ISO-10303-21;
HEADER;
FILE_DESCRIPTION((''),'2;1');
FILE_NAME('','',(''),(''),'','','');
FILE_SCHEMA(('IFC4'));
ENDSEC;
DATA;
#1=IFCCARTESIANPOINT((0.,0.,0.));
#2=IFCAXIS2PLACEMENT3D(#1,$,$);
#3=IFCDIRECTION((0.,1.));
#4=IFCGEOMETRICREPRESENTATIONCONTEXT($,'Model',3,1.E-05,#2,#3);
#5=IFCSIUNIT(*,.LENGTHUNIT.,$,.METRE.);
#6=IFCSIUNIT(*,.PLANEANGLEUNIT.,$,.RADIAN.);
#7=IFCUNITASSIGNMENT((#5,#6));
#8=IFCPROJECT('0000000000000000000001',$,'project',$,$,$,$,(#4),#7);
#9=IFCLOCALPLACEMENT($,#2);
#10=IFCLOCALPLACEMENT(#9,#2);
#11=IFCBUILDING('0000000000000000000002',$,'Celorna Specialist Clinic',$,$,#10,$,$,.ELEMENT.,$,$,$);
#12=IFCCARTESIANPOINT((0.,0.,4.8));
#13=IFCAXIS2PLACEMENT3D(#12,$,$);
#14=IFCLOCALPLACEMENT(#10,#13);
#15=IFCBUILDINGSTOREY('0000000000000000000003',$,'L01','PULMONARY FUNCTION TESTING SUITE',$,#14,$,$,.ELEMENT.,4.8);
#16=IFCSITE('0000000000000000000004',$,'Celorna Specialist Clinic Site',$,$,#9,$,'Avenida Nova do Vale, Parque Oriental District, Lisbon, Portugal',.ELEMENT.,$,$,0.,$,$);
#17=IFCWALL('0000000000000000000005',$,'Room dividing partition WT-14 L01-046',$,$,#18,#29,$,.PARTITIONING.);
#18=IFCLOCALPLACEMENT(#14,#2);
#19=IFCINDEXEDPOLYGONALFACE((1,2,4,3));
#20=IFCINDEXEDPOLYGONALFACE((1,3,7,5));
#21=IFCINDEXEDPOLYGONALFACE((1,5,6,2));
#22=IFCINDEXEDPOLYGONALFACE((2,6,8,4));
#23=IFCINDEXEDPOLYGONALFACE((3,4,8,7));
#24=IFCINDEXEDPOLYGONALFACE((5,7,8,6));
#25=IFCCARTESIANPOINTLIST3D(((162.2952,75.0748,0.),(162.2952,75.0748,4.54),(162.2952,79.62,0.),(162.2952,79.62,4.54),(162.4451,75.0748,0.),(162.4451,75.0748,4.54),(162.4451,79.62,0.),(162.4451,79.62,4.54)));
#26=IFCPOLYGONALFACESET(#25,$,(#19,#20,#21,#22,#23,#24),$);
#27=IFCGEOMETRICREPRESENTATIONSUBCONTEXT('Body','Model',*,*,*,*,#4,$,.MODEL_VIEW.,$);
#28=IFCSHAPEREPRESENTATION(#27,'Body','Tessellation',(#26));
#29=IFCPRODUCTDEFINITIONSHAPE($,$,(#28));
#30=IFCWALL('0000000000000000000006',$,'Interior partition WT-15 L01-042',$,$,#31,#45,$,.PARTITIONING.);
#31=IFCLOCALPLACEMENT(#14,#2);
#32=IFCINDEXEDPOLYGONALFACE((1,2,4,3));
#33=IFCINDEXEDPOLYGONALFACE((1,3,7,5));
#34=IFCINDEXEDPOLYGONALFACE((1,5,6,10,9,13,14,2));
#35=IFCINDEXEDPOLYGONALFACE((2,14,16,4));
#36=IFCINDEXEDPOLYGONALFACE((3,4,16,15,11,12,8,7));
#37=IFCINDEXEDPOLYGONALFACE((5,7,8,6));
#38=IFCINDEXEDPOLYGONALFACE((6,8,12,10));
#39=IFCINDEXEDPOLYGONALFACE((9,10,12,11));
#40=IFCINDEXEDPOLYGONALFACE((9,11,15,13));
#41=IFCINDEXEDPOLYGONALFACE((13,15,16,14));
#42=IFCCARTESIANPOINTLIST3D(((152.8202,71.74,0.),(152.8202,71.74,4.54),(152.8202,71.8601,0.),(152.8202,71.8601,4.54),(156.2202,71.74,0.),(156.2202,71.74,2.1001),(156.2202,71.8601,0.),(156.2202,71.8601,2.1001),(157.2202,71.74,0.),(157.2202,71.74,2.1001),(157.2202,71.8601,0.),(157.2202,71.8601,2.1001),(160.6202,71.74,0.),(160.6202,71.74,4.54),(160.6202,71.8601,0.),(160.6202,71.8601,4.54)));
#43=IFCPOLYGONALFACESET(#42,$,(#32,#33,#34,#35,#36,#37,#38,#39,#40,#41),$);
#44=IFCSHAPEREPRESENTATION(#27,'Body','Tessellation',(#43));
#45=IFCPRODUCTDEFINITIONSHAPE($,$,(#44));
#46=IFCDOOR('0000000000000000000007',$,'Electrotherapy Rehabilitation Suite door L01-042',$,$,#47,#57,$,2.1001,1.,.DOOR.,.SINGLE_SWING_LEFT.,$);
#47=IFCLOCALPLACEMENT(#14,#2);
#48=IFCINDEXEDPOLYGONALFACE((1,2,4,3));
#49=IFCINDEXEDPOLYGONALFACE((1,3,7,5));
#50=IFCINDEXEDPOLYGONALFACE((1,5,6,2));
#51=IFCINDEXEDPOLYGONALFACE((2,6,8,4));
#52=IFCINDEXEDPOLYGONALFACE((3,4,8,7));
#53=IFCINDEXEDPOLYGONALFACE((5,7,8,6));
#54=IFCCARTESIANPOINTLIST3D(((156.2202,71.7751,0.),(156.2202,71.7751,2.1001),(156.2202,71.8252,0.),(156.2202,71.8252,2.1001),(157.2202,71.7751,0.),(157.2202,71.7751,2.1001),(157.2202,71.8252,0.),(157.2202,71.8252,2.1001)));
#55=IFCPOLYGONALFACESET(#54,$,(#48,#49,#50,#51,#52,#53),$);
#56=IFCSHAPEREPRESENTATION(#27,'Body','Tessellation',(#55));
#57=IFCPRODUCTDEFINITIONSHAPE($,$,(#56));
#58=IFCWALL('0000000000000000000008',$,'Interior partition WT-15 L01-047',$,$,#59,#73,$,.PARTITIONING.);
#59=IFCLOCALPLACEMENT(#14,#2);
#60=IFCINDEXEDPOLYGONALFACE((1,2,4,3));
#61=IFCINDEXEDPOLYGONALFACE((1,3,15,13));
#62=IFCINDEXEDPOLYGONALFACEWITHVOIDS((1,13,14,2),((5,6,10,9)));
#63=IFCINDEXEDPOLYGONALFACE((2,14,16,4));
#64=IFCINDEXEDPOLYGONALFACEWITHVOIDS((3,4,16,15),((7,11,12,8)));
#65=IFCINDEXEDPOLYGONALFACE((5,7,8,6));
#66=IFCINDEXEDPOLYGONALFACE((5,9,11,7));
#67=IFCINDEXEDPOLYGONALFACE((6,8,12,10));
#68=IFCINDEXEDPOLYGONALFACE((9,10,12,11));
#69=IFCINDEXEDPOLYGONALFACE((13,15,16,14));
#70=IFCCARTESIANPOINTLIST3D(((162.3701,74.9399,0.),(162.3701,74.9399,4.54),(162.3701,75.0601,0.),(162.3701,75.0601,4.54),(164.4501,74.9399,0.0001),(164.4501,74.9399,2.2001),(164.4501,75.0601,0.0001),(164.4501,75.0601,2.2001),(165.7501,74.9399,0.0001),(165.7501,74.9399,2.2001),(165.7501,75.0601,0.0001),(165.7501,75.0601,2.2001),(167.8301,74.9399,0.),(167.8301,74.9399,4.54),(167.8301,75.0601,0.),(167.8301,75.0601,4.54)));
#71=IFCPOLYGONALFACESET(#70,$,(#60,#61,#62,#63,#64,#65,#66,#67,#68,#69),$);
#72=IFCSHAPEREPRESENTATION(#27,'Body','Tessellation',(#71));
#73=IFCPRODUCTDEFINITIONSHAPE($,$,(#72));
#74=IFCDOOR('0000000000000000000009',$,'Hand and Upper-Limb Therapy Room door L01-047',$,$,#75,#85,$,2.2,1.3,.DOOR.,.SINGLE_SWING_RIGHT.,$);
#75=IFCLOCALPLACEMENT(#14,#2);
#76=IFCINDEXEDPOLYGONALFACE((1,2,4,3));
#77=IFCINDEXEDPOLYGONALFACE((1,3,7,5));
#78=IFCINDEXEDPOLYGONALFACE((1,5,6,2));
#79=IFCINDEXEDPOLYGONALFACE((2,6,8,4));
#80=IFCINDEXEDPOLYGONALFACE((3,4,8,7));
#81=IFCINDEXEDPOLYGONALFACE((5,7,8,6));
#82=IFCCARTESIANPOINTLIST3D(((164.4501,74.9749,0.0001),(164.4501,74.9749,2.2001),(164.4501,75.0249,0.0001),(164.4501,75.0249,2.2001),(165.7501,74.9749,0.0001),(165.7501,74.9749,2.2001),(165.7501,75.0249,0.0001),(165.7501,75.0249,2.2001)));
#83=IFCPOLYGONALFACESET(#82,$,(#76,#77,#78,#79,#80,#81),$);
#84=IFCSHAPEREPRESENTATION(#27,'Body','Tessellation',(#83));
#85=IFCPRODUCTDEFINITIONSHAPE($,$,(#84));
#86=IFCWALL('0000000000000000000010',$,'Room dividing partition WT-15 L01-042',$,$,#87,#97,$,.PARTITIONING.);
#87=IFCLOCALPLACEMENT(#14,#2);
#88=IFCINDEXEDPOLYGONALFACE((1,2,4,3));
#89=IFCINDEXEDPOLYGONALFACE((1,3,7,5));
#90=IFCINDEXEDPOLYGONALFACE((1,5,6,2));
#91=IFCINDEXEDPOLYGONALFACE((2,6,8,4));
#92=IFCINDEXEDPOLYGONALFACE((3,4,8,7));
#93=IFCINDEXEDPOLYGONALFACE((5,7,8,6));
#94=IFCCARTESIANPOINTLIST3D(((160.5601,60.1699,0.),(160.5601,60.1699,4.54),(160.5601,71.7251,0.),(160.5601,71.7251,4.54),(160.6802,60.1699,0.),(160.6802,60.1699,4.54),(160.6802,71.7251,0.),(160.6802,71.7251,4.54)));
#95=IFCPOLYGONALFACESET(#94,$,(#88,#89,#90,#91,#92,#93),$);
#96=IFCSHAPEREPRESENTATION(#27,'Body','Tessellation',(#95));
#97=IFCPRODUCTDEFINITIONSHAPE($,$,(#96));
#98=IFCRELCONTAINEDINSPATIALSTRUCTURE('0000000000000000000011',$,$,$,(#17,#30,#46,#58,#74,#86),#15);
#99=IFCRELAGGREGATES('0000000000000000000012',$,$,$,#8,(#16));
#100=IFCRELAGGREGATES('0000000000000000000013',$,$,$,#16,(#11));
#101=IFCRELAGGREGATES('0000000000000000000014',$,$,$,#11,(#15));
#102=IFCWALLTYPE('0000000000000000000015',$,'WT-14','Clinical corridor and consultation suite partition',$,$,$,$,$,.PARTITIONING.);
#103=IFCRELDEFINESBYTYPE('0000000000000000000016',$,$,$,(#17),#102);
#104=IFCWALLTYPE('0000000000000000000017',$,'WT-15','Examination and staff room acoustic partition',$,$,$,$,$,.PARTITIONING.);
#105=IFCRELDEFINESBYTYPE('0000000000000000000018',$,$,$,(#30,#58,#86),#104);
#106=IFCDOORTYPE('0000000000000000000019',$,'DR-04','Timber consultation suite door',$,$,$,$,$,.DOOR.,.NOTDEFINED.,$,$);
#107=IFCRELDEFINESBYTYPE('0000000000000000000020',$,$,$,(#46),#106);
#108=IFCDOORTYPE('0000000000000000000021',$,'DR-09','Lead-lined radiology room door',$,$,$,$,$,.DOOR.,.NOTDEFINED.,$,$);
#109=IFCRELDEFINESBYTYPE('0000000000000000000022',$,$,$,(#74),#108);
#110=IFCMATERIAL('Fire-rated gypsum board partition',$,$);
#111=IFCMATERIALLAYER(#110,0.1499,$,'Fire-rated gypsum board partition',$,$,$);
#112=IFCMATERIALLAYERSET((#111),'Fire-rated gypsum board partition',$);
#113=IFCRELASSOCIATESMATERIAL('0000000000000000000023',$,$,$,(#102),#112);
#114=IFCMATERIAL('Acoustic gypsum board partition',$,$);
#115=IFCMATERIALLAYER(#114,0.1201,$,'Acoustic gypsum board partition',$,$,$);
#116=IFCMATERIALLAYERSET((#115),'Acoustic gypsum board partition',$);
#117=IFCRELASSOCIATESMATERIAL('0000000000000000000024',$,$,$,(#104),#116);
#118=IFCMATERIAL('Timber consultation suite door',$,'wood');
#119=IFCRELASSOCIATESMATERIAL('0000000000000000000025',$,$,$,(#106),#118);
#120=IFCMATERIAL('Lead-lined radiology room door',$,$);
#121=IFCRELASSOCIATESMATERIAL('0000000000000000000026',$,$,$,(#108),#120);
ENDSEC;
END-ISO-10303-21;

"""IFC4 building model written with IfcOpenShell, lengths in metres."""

from ifc_helpers import new_model, si_unit, direction, frame, frame_2d, origin, place, context, subcontext, project, spatial, rectangle, extrude, material, layer, layer_set, type_object, element, fill, save


model = new_model("IFC4")

# Units and contexts
model_context = context("Model", 3, precision=1e-05, world=origin(), true_north=direction((0.0, 1.0)))
body_context = subcontext(model_context, "Body", "Model", "MODEL_VIEW")
ifc_project = project(units=[si_unit("LENGTHUNIT", "METRE"), si_unit("PLANEANGLEUNIT", "RADIAN")], contexts=[model_context])

# Site, building, storey
site_placement = place(None, origin())
site = spatial("IfcSite", under=ifc_project, at=site_placement, Name="Celorna Specialist Clinic Site", LongName="Avenida Nova do Vale, Parque Oriental District, Lisbon, Portugal", CompositionType="ELEMENT", RefElevation=0.0)
building_placement = place(site_placement, origin())
building = spatial("IfcBuilding", under=site, at=building_placement, Name="Celorna Specialist Clinic", CompositionType="ELEMENT")
storey_placement = place(building_placement, frame((0.0, 0.0, 4.8)))
storey = spatial("IfcBuildingStorey", under=building, at=storey_placement, Name="L01", Description="PULMONARY FUNCTION TESTING SUITE", CompositionType="ELEMENT", Elevation=4.8)

# Shared definitions
ifc_material_1 = material(Name="Fire-rated gypsum board partition")
ifc_layer_1 = layer(ifc_material_1, 0.1499, Name="Fire-rated gypsum board partition")
ifc_layer_set_1 = layer_set([ifc_layer_1], Name="Fire-rated gypsum board partition")
wall_type_1 = type_object("IfcWallType", Name="WT-14", Description="Clinical corridor and consultation suite partition", PredefinedType="PARTITIONING", material=ifc_layer_set_1)

# Wall
wall_1_placement = place(storey_placement, frame((162.3701, 75.075, 0.0), z_axis=(0.0, 0.0, 1.0), x_axis=(0.0, 1.0, 0.0)))
element("IfcWall", 1, at=wall_1_placement, inside=storey, type_object=wall_type_1, Name="Room dividing partition WT-14 L01-046", PredefinedType="PARTITIONING", context=body_context, shape_type="SweptSolid", body=[
    extrude(rectangle(XDim=4.5452, YDim=0.1499, at=frame_2d((2.2725, 0.0))), origin(), (0.0, 0.0, 1.0), 4.54),
])

# Walls, openings, doors
ifc_material_2 = material(Name="Acoustic gypsum board partition")
ifc_layer_2 = layer(ifc_material_2, 0.1201, Name="Acoustic gypsum board partition")
ifc_layer_set_2 = layer_set([ifc_layer_2], Name="Acoustic gypsum board partition")
wall_type_2 = type_object("IfcWallType", Name="WT-15", Description="Examination and staff room acoustic partition", PredefinedType="PARTITIONING", material=ifc_layer_set_2)
wall_2_placement = place(storey_placement, frame((160.6201, 71.8, 0.0), z_axis=(0.0, 0.0, 1.0), x_axis=(-1.0, 0.0, 0.0)))
wall_2 = element("IfcWall", 2, at=wall_2_placement, inside=storey, type_object=wall_type_2, Name="Interior partition WT-15 L01-042", PredefinedType="PARTITIONING", context=body_context, shape_type="SweptSolid", body=[
    extrude(rectangle(XDim=7.8, YDim=0.1201, at=frame_2d((3.8999, 0.0))), origin(), (0.0, 0.0, 1.0), 4.54),
])
opening_1_placement = place(wall_2_placement, frame((3.3999, 0.0, 0.0)))
opening_1 = element("IfcOpeningElement", 3, at=opening_1_placement, cuts=wall_2, PredefinedType="OPENING", context=body_context, shape_type="SweptSolid", body=[
    extrude(rectangle(XDim=1.0, YDim=2.1001, at=frame_2d((0.5, 1.05))), frame((0.0, 0.0701, 0.0), z_axis=(0.0, -1.0, 0.0), x_axis=(1.0, 0.0, 0.0)), (0.0, 0.0, 1.0), 0.1401),
])
ifc_material_3 = material(Name="Timber consultation suite door", Category="wood")
door_type_1 = type_object("IfcDoorType", Name="DR-04", Description="Timber consultation suite door", OperationType="NOTDEFINED", PredefinedType="DOOR", material=ifc_material_3)
door_1_placement = place(opening_1_placement, origin())
door_1 = element("IfcDoor", 4, at=door_1_placement, inside=storey, type_object=door_type_1, Name="Electrotherapy Rehabilitation Suite door L01-042", OperationType="SINGLE_SWING_LEFT", OverallHeight=2.1001, OverallWidth=1.0, PredefinedType="DOOR", context=body_context, shape_type="SweptSolid", body=[
    extrude(rectangle(XDim=1.0, YDim=2.1001, at=frame_2d((0.5, 1.05))), frame((0.0, 0.0249, 0.0), z_axis=(0.0, -1.0, 0.0), x_axis=(1.0, 0.0, 0.0)), (0.0, 0.0, 1.0), 0.05),
])
fill(opening_1, door_1)
wall_3_placement = place(storey_placement, frame((162.3701, 75.0, 0.0), z_axis=(0.0, 0.0, 1.0), x_axis=(1.0, 0.0, 0.0)))
wall_3 = element("IfcWall", 5, at=wall_3_placement, inside=storey, type_object=wall_type_2, Name="Interior partition WT-15 L01-047", PredefinedType="PARTITIONING", context=body_context, shape_type="SweptSolid", body=[
    extrude(rectangle(XDim=5.46, YDim=0.1201, at=frame_2d((2.73, 0.0))), origin(), (0.0, 0.0, 1.0), 4.54),
])
opening_2_placement = place(wall_3_placement, frame((2.0801, 0.0, 0.0)))
opening_2 = element("IfcOpeningElement", 6, at=opening_2_placement, cuts=wall_3, PredefinedType="OPENING", context=body_context, shape_type="SweptSolid", body=[
    extrude(rectangle(XDim=1.3, YDim=2.2, at=frame_2d((0.6499, 1.1001))), frame((0.0, 0.0701, 0.0), z_axis=(0.0, -1.0, 0.0), x_axis=(1.0, 0.0, 0.0)), (0.0, 0.0, 1.0), 0.1401),
])
ifc_material_4 = material(Name="Lead-lined radiology room door")
door_type_2 = type_object("IfcDoorType", Name="DR-09", Description="Lead-lined radiology room door", OperationType="NOTDEFINED", PredefinedType="DOOR", material=ifc_material_4)
door_2_placement = place(opening_2_placement, origin())
door_2 = element("IfcDoor", 7, at=door_2_placement, inside=storey, type_object=door_type_2, Name="Hand and Upper-Limb Therapy Room door L01-047", OperationType="SINGLE_SWING_RIGHT", OverallHeight=2.2, OverallWidth=1.3, PredefinedType="DOOR", context=body_context, shape_type="SweptSolid", body=[
    extrude(rectangle(XDim=1.3, YDim=2.2, at=frame_2d((0.6499, 1.1001))), frame((0.0, 0.0249, 0.0), z_axis=(0.0, -1.0, 0.0), x_axis=(1.0, 0.0, 0.0)), (0.0, 0.0, 1.0), 0.05),
])
fill(opening_2, door_2)

# Wall
wall_4_placement = place(storey_placement, frame((160.6201, 60.1699, 0.0), z_axis=(0.0, 0.0, 1.0), x_axis=(0.0, 1.0, 0.0)))
element("IfcWall", 8, at=wall_4_placement, inside=storey, type_object=wall_type_2, Name="Room dividing partition WT-15 L01-042", PredefinedType="PARTITIONING", context=body_context, shape_type="SweptSolid", body=[
    extrude(rectangle(XDim=11.5552, YDim=0.1201, at=frame_2d((5.7776, 0.0))), origin(), (0.0, 0.0, 1.0), 4.54),
])

save(model, "model.ifc")
